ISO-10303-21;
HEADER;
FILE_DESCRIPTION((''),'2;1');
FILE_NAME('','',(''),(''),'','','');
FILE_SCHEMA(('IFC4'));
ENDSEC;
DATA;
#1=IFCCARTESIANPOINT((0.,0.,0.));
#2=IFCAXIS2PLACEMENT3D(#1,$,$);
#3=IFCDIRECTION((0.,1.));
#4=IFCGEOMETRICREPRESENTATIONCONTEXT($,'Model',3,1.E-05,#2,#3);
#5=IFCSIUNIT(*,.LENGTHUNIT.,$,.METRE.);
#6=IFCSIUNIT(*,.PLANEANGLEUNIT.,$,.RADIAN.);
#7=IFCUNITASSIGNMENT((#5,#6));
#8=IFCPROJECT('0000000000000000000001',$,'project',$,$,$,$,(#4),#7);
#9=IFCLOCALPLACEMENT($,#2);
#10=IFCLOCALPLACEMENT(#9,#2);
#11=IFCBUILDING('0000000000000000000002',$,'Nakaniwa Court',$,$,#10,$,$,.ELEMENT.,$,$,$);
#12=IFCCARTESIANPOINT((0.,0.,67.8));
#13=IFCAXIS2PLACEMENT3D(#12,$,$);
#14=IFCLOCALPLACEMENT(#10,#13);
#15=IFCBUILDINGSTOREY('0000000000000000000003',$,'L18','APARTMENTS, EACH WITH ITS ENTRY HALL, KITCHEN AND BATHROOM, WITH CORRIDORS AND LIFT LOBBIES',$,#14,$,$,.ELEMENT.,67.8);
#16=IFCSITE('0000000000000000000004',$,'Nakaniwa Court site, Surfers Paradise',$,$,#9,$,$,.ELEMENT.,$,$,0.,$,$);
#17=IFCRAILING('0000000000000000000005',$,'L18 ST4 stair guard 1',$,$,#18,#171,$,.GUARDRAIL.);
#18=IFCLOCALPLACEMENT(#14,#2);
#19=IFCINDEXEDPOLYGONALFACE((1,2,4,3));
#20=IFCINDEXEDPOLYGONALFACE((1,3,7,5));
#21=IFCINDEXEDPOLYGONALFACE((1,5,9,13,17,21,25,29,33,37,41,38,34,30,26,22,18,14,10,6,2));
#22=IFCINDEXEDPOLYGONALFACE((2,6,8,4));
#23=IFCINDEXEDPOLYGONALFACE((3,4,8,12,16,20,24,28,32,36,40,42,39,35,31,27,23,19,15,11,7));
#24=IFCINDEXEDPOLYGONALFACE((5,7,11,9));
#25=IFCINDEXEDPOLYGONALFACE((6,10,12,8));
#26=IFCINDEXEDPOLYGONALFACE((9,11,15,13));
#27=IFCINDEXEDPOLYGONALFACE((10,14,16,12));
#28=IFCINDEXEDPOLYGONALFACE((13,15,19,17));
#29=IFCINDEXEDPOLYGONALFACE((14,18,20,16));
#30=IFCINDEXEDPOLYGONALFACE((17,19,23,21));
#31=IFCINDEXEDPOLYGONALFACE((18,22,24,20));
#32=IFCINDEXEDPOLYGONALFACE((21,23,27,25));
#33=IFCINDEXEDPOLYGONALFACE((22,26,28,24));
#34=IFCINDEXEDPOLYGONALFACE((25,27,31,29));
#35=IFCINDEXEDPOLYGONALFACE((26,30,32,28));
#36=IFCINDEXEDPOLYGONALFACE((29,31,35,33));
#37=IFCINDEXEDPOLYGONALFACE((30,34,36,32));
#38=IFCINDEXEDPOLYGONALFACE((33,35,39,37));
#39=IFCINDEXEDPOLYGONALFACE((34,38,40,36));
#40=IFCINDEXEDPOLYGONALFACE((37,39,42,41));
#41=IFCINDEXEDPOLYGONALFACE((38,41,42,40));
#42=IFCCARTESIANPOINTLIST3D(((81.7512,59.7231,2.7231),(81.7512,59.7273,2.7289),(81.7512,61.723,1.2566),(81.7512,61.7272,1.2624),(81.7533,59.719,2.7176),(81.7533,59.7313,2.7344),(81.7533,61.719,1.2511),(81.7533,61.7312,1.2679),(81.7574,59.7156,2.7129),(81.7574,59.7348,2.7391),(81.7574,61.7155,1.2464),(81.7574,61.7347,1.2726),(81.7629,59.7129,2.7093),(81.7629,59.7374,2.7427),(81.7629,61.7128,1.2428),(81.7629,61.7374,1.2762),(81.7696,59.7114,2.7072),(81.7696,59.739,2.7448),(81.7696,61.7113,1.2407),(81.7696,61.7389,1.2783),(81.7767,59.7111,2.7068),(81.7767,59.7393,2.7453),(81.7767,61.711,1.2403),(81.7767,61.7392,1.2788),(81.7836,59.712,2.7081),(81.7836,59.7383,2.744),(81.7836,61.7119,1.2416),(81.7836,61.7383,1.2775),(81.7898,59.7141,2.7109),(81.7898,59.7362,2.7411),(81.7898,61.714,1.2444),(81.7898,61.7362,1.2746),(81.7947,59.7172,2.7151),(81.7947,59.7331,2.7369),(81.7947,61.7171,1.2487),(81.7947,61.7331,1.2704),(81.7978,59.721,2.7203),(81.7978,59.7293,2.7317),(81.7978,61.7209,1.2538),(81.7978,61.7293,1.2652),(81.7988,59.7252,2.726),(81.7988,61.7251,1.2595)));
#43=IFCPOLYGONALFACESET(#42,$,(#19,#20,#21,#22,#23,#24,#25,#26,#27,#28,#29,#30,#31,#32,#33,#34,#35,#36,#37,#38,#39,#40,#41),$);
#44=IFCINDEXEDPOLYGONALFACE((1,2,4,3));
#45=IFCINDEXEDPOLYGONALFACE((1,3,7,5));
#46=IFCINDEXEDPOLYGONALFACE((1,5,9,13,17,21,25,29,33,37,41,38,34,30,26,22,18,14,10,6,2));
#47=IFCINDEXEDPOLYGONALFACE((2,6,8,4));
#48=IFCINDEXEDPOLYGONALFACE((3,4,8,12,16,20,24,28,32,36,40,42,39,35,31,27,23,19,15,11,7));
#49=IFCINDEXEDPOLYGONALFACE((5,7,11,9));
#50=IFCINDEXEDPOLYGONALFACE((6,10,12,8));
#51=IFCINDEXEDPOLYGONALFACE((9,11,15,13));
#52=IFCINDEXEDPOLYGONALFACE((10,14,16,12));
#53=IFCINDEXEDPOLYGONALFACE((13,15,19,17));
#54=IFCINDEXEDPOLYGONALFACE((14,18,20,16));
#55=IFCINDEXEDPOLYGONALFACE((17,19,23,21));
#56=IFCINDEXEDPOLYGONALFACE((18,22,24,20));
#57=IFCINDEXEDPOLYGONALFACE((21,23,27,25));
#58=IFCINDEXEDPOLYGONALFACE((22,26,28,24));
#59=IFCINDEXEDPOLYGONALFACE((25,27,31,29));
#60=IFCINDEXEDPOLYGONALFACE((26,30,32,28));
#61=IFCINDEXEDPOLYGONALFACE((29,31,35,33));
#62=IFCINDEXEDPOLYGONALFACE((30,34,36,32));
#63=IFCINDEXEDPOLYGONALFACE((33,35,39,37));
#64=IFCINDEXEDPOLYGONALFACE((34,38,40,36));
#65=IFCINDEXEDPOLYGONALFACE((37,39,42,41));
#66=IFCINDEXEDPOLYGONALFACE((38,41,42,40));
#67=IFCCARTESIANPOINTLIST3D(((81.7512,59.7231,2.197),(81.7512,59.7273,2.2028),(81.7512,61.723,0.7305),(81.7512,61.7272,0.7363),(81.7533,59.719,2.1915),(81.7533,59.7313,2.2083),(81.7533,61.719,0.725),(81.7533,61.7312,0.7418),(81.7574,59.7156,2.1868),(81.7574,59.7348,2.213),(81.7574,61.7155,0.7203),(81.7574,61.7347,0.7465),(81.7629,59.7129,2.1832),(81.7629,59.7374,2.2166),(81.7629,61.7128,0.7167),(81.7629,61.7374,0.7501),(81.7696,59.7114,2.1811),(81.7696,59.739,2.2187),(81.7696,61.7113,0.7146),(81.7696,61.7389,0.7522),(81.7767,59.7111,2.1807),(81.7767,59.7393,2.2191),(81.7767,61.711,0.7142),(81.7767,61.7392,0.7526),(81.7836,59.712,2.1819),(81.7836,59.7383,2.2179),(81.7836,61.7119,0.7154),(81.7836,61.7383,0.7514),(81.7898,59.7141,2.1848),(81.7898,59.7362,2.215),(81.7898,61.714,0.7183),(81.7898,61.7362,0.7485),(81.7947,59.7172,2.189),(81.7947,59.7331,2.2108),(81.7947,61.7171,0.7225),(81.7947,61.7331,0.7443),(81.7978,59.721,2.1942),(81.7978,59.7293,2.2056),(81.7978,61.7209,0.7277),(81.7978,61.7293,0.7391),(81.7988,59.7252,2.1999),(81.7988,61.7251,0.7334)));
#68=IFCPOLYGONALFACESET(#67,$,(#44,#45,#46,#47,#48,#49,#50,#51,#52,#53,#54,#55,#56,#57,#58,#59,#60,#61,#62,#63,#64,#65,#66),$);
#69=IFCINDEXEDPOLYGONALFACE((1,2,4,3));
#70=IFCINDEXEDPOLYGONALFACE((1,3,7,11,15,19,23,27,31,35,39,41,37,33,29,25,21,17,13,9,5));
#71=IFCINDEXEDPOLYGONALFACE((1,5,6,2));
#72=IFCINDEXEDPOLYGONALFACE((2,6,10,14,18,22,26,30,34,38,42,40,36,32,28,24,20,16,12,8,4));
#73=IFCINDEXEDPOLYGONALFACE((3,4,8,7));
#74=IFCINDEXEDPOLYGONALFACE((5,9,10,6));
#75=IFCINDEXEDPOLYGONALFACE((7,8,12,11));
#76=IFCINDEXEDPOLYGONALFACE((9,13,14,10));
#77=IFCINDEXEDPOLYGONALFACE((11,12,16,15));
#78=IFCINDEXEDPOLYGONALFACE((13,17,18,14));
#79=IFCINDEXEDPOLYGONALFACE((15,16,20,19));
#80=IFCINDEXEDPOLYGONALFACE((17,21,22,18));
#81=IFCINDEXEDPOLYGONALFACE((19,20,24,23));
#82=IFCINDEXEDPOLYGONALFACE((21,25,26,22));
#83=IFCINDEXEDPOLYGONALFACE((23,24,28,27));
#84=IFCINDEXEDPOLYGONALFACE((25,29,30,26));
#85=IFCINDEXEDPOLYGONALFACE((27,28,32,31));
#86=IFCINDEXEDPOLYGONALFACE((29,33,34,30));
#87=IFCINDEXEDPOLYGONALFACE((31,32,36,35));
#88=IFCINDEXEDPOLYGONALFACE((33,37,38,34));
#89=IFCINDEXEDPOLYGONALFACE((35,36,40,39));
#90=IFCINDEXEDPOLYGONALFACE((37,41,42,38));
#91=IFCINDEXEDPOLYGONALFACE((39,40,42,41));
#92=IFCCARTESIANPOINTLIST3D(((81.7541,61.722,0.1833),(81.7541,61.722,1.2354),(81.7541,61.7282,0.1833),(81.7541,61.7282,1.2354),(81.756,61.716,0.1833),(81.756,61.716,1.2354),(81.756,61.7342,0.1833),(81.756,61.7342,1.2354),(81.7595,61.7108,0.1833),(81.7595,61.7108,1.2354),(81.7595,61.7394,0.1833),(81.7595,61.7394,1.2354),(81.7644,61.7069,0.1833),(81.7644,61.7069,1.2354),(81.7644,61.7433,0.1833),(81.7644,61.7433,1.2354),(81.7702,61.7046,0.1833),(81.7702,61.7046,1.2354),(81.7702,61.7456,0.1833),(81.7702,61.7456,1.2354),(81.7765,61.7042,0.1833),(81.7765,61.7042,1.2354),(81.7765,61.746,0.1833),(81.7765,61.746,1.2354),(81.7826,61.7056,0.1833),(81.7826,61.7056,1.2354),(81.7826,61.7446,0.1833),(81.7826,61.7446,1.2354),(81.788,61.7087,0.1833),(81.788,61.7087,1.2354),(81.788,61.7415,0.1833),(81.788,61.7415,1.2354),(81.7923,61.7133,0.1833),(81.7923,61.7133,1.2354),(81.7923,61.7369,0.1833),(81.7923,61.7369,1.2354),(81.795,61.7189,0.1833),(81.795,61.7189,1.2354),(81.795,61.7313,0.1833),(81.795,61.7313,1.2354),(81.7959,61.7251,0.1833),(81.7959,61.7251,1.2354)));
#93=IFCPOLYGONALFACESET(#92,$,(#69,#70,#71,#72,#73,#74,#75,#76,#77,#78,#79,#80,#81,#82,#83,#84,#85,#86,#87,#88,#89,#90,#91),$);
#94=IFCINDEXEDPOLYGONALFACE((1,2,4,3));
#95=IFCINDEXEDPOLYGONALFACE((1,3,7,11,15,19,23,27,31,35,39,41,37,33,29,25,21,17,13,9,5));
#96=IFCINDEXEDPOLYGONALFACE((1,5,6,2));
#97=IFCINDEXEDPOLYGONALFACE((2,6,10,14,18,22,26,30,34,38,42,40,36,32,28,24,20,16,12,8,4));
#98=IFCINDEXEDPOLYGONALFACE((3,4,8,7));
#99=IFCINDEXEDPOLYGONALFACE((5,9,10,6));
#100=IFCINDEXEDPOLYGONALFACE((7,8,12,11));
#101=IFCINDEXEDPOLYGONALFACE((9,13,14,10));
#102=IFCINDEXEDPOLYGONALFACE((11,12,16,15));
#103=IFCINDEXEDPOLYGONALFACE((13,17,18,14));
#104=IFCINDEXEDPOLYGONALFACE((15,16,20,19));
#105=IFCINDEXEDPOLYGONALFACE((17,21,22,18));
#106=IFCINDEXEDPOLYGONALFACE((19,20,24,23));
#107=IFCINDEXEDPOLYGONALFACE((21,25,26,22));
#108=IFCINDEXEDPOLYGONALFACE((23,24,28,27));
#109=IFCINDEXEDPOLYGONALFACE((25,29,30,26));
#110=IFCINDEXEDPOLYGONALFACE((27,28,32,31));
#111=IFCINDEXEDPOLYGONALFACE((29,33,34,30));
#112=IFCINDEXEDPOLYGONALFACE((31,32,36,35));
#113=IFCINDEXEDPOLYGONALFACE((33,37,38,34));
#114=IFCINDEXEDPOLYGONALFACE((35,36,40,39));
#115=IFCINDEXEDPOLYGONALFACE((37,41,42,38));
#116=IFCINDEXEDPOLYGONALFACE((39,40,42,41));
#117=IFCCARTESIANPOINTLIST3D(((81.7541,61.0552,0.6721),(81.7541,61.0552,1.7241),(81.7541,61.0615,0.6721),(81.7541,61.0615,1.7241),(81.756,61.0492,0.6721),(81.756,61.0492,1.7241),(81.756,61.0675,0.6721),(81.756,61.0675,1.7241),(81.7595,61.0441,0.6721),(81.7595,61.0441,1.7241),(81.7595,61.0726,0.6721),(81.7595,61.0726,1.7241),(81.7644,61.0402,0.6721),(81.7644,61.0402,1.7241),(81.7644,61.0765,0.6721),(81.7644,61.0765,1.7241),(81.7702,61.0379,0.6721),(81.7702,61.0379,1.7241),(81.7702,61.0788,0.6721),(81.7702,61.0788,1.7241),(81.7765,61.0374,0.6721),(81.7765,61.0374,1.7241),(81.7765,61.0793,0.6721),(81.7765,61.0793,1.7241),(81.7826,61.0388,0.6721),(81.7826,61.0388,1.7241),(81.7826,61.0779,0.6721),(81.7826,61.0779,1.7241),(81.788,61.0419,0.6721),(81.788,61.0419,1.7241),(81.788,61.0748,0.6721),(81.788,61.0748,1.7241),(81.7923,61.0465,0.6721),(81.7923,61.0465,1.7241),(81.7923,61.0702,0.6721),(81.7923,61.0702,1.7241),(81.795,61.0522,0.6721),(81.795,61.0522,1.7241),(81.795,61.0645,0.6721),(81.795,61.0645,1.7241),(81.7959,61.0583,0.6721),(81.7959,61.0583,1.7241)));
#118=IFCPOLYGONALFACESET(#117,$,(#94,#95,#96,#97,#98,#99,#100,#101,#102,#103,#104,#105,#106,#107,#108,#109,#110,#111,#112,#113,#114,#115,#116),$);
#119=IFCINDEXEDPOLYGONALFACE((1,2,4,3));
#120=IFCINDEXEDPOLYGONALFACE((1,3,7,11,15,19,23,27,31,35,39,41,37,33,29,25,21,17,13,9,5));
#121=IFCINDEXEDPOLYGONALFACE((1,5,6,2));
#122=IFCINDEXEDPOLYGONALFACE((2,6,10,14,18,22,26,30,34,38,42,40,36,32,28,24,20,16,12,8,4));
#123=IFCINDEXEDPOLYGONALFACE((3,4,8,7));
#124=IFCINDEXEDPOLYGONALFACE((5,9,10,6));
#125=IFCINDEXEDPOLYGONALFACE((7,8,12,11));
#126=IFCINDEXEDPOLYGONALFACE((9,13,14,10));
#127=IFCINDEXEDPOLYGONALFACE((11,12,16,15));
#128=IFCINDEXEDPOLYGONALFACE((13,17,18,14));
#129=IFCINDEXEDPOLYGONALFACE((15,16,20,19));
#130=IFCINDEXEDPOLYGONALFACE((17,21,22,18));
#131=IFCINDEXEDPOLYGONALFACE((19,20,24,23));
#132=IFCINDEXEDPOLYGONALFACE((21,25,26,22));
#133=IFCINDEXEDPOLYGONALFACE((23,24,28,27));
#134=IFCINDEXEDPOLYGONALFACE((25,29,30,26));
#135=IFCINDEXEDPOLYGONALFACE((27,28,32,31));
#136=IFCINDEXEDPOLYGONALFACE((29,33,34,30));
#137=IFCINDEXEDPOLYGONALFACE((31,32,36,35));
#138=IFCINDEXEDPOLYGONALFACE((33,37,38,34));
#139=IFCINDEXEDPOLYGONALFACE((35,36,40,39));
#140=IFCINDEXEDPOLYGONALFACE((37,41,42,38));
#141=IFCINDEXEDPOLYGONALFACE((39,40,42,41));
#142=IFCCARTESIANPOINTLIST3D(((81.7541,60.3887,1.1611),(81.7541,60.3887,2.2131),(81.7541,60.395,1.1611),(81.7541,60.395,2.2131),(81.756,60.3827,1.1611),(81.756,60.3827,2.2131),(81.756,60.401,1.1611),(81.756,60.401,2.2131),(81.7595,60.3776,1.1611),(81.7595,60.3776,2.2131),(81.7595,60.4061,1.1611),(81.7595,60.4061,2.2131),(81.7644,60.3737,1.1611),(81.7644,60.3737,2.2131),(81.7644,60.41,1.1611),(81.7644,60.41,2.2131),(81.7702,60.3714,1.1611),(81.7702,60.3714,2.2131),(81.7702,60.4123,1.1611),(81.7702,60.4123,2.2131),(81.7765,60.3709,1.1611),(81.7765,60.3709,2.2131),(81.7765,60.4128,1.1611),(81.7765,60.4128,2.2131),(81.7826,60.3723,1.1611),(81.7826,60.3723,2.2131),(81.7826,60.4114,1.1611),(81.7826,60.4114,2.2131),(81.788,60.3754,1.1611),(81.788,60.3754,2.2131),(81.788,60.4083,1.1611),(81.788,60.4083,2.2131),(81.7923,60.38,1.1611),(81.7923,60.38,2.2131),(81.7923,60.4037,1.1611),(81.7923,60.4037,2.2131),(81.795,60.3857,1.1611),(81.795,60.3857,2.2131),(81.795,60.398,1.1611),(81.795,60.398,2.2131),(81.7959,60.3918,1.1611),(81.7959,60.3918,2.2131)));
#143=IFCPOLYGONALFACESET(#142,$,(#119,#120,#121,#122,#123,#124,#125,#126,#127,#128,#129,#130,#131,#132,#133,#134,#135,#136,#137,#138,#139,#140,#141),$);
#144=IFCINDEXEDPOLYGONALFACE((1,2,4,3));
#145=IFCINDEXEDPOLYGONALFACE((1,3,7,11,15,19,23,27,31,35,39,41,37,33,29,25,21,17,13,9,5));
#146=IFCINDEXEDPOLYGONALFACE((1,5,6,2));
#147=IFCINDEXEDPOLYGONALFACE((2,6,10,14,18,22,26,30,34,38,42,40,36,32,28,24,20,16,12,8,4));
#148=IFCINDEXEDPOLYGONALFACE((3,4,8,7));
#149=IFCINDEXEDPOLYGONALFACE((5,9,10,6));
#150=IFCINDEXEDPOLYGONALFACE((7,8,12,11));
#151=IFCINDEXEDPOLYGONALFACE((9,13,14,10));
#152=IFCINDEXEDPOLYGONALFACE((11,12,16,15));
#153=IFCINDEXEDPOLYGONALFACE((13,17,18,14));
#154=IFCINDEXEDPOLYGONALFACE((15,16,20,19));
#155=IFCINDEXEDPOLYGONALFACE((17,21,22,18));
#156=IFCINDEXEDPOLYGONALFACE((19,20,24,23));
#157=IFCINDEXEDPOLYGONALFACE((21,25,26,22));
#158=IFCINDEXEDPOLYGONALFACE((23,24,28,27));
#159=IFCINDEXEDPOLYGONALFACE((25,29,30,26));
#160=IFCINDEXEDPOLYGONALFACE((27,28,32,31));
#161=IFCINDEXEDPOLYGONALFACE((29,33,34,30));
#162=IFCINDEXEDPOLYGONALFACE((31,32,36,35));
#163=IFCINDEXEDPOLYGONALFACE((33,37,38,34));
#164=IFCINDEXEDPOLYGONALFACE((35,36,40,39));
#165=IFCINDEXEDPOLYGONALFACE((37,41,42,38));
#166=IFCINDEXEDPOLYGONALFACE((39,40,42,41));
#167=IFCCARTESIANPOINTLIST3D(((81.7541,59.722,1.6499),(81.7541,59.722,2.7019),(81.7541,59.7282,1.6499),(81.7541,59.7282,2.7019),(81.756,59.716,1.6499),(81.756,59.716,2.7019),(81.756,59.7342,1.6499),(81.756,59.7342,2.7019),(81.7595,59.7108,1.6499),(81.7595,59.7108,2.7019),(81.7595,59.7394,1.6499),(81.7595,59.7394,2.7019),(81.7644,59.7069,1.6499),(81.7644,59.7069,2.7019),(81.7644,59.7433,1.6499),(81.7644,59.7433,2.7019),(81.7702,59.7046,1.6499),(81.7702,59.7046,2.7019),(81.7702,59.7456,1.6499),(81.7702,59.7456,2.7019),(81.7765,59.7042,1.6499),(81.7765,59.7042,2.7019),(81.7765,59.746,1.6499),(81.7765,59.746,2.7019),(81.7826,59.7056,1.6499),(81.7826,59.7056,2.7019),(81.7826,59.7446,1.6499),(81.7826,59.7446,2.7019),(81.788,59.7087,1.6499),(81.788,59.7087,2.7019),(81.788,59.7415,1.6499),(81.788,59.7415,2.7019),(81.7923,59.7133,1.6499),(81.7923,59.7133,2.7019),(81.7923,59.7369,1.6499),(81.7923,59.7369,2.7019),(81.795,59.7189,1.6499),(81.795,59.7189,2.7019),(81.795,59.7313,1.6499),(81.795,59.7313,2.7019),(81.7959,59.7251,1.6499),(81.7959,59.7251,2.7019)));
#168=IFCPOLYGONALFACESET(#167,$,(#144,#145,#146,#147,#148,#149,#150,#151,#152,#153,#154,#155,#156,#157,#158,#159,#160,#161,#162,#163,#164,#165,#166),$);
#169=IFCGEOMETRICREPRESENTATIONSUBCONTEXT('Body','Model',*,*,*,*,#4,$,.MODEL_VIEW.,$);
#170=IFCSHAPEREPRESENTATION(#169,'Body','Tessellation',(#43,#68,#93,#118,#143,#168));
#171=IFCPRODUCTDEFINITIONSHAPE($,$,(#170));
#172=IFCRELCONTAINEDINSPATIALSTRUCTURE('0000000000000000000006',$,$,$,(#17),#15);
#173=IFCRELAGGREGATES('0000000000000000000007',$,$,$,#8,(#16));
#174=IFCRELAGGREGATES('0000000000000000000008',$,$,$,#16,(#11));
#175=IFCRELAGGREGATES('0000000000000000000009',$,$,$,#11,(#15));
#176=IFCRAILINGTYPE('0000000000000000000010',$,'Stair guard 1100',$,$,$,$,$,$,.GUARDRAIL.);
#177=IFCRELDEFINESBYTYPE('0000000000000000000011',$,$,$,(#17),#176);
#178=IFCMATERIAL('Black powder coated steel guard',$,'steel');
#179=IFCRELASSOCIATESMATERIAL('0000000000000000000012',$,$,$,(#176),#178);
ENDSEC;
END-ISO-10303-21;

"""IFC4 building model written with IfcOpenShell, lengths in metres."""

from ifc_helpers import new_model, si_unit, direction, frame, origin, origin_2d, place, context, subcontext, project, spatial, circle, extrude, material, type_object, element, save


model = new_model("IFC4")

# Units and contexts
model_context = context("Model", 3, precision=1e-05, world=origin(), true_north=direction((0.0, 1.0)))
body_context = subcontext(model_context, "Body", "Model", "MODEL_VIEW")
ifc_project = project(units=[si_unit("LENGTHUNIT", "METRE"), si_unit("PLANEANGLEUNIT", "RADIAN")], contexts=[model_context])

# Site, building, storey
site_placement = place(None, origin())
site = spatial("IfcSite", under=ifc_project, at=site_placement, Name="Nakaniwa Court site, Surfers Paradise", CompositionType="ELEMENT", RefElevation=0.0)
building_placement = place(site_placement, origin())
building = spatial("IfcBuilding", under=site, at=building_placement, Name="Nakaniwa Court", CompositionType="ELEMENT")
storey_placement = place(building_placement, frame((0.0, 0.0, 67.8)))
storey = spatial("IfcBuildingStorey", under=building, at=storey_placement, Name="L18", Description="APARTMENTS, EACH WITH ITS ENTRY HALL, KITCHEN AND BATHROOM, WITH CORRIDORS AND LIFT LOBBIES", CompositionType="ELEMENT", Elevation=67.8)

# Railing
ifc_material_1 = material(Name="Black powder coated steel guard", Category="steel")
railing_type_1 = type_object("IfcRailingType", Name="Stair guard 1100", PredefinedType="GUARDRAIL", material=ifc_material_1)
railing_1_placement = place(storey_placement, frame((81.7749, 61.7251, 0.1833)))
element("IfcRailing", 1, at=railing_1_placement, inside=storey, type_object=railing_type_1, Name="L18 ST4 stair guard 1", PredefinedType="GUARDRAIL", context=body_context, shape_type="SweptSolid", body=[
    extrude(circle(Radius=0.0239, at=origin_2d()), frame((0.0, 0.0, 1.0762), z_axis=(0.0, -0.806427, 0.591334), x_axis=(1.0, 0.0, 0.0)), (0.0, 0.0, 1.0), 2.48),
    extrude(circle(Radius=0.0239, at=origin_2d()), frame((0.0, 0.0, 0.55), z_axis=(0.0, -0.806427, 0.591334), x_axis=(1.0, 0.0, 0.0)), (0.0, 0.0, 1.0), 2.48),
    extrude(circle(Radius=0.021, at=origin_2d()), origin(), (0.0, 0.0, 1.0), 1.052),
    extrude(circle(Radius=0.021, at=origin_2d()), frame((0.0, -0.6667, 0.4888)), (0.0, 0.0, 1.0), 1.052),
    extrude(circle(Radius=0.021, at=origin_2d()), frame((0.0, -1.3333, 0.9778)), (0.0, 0.0, 1.0), 1.052),
    extrude(circle(Radius=0.021, at=origin_2d()), frame((0.0, -2.0, 1.4666)), (0.0, 0.0, 1.0), 1.052),
])

save(model, "model.ifc")
